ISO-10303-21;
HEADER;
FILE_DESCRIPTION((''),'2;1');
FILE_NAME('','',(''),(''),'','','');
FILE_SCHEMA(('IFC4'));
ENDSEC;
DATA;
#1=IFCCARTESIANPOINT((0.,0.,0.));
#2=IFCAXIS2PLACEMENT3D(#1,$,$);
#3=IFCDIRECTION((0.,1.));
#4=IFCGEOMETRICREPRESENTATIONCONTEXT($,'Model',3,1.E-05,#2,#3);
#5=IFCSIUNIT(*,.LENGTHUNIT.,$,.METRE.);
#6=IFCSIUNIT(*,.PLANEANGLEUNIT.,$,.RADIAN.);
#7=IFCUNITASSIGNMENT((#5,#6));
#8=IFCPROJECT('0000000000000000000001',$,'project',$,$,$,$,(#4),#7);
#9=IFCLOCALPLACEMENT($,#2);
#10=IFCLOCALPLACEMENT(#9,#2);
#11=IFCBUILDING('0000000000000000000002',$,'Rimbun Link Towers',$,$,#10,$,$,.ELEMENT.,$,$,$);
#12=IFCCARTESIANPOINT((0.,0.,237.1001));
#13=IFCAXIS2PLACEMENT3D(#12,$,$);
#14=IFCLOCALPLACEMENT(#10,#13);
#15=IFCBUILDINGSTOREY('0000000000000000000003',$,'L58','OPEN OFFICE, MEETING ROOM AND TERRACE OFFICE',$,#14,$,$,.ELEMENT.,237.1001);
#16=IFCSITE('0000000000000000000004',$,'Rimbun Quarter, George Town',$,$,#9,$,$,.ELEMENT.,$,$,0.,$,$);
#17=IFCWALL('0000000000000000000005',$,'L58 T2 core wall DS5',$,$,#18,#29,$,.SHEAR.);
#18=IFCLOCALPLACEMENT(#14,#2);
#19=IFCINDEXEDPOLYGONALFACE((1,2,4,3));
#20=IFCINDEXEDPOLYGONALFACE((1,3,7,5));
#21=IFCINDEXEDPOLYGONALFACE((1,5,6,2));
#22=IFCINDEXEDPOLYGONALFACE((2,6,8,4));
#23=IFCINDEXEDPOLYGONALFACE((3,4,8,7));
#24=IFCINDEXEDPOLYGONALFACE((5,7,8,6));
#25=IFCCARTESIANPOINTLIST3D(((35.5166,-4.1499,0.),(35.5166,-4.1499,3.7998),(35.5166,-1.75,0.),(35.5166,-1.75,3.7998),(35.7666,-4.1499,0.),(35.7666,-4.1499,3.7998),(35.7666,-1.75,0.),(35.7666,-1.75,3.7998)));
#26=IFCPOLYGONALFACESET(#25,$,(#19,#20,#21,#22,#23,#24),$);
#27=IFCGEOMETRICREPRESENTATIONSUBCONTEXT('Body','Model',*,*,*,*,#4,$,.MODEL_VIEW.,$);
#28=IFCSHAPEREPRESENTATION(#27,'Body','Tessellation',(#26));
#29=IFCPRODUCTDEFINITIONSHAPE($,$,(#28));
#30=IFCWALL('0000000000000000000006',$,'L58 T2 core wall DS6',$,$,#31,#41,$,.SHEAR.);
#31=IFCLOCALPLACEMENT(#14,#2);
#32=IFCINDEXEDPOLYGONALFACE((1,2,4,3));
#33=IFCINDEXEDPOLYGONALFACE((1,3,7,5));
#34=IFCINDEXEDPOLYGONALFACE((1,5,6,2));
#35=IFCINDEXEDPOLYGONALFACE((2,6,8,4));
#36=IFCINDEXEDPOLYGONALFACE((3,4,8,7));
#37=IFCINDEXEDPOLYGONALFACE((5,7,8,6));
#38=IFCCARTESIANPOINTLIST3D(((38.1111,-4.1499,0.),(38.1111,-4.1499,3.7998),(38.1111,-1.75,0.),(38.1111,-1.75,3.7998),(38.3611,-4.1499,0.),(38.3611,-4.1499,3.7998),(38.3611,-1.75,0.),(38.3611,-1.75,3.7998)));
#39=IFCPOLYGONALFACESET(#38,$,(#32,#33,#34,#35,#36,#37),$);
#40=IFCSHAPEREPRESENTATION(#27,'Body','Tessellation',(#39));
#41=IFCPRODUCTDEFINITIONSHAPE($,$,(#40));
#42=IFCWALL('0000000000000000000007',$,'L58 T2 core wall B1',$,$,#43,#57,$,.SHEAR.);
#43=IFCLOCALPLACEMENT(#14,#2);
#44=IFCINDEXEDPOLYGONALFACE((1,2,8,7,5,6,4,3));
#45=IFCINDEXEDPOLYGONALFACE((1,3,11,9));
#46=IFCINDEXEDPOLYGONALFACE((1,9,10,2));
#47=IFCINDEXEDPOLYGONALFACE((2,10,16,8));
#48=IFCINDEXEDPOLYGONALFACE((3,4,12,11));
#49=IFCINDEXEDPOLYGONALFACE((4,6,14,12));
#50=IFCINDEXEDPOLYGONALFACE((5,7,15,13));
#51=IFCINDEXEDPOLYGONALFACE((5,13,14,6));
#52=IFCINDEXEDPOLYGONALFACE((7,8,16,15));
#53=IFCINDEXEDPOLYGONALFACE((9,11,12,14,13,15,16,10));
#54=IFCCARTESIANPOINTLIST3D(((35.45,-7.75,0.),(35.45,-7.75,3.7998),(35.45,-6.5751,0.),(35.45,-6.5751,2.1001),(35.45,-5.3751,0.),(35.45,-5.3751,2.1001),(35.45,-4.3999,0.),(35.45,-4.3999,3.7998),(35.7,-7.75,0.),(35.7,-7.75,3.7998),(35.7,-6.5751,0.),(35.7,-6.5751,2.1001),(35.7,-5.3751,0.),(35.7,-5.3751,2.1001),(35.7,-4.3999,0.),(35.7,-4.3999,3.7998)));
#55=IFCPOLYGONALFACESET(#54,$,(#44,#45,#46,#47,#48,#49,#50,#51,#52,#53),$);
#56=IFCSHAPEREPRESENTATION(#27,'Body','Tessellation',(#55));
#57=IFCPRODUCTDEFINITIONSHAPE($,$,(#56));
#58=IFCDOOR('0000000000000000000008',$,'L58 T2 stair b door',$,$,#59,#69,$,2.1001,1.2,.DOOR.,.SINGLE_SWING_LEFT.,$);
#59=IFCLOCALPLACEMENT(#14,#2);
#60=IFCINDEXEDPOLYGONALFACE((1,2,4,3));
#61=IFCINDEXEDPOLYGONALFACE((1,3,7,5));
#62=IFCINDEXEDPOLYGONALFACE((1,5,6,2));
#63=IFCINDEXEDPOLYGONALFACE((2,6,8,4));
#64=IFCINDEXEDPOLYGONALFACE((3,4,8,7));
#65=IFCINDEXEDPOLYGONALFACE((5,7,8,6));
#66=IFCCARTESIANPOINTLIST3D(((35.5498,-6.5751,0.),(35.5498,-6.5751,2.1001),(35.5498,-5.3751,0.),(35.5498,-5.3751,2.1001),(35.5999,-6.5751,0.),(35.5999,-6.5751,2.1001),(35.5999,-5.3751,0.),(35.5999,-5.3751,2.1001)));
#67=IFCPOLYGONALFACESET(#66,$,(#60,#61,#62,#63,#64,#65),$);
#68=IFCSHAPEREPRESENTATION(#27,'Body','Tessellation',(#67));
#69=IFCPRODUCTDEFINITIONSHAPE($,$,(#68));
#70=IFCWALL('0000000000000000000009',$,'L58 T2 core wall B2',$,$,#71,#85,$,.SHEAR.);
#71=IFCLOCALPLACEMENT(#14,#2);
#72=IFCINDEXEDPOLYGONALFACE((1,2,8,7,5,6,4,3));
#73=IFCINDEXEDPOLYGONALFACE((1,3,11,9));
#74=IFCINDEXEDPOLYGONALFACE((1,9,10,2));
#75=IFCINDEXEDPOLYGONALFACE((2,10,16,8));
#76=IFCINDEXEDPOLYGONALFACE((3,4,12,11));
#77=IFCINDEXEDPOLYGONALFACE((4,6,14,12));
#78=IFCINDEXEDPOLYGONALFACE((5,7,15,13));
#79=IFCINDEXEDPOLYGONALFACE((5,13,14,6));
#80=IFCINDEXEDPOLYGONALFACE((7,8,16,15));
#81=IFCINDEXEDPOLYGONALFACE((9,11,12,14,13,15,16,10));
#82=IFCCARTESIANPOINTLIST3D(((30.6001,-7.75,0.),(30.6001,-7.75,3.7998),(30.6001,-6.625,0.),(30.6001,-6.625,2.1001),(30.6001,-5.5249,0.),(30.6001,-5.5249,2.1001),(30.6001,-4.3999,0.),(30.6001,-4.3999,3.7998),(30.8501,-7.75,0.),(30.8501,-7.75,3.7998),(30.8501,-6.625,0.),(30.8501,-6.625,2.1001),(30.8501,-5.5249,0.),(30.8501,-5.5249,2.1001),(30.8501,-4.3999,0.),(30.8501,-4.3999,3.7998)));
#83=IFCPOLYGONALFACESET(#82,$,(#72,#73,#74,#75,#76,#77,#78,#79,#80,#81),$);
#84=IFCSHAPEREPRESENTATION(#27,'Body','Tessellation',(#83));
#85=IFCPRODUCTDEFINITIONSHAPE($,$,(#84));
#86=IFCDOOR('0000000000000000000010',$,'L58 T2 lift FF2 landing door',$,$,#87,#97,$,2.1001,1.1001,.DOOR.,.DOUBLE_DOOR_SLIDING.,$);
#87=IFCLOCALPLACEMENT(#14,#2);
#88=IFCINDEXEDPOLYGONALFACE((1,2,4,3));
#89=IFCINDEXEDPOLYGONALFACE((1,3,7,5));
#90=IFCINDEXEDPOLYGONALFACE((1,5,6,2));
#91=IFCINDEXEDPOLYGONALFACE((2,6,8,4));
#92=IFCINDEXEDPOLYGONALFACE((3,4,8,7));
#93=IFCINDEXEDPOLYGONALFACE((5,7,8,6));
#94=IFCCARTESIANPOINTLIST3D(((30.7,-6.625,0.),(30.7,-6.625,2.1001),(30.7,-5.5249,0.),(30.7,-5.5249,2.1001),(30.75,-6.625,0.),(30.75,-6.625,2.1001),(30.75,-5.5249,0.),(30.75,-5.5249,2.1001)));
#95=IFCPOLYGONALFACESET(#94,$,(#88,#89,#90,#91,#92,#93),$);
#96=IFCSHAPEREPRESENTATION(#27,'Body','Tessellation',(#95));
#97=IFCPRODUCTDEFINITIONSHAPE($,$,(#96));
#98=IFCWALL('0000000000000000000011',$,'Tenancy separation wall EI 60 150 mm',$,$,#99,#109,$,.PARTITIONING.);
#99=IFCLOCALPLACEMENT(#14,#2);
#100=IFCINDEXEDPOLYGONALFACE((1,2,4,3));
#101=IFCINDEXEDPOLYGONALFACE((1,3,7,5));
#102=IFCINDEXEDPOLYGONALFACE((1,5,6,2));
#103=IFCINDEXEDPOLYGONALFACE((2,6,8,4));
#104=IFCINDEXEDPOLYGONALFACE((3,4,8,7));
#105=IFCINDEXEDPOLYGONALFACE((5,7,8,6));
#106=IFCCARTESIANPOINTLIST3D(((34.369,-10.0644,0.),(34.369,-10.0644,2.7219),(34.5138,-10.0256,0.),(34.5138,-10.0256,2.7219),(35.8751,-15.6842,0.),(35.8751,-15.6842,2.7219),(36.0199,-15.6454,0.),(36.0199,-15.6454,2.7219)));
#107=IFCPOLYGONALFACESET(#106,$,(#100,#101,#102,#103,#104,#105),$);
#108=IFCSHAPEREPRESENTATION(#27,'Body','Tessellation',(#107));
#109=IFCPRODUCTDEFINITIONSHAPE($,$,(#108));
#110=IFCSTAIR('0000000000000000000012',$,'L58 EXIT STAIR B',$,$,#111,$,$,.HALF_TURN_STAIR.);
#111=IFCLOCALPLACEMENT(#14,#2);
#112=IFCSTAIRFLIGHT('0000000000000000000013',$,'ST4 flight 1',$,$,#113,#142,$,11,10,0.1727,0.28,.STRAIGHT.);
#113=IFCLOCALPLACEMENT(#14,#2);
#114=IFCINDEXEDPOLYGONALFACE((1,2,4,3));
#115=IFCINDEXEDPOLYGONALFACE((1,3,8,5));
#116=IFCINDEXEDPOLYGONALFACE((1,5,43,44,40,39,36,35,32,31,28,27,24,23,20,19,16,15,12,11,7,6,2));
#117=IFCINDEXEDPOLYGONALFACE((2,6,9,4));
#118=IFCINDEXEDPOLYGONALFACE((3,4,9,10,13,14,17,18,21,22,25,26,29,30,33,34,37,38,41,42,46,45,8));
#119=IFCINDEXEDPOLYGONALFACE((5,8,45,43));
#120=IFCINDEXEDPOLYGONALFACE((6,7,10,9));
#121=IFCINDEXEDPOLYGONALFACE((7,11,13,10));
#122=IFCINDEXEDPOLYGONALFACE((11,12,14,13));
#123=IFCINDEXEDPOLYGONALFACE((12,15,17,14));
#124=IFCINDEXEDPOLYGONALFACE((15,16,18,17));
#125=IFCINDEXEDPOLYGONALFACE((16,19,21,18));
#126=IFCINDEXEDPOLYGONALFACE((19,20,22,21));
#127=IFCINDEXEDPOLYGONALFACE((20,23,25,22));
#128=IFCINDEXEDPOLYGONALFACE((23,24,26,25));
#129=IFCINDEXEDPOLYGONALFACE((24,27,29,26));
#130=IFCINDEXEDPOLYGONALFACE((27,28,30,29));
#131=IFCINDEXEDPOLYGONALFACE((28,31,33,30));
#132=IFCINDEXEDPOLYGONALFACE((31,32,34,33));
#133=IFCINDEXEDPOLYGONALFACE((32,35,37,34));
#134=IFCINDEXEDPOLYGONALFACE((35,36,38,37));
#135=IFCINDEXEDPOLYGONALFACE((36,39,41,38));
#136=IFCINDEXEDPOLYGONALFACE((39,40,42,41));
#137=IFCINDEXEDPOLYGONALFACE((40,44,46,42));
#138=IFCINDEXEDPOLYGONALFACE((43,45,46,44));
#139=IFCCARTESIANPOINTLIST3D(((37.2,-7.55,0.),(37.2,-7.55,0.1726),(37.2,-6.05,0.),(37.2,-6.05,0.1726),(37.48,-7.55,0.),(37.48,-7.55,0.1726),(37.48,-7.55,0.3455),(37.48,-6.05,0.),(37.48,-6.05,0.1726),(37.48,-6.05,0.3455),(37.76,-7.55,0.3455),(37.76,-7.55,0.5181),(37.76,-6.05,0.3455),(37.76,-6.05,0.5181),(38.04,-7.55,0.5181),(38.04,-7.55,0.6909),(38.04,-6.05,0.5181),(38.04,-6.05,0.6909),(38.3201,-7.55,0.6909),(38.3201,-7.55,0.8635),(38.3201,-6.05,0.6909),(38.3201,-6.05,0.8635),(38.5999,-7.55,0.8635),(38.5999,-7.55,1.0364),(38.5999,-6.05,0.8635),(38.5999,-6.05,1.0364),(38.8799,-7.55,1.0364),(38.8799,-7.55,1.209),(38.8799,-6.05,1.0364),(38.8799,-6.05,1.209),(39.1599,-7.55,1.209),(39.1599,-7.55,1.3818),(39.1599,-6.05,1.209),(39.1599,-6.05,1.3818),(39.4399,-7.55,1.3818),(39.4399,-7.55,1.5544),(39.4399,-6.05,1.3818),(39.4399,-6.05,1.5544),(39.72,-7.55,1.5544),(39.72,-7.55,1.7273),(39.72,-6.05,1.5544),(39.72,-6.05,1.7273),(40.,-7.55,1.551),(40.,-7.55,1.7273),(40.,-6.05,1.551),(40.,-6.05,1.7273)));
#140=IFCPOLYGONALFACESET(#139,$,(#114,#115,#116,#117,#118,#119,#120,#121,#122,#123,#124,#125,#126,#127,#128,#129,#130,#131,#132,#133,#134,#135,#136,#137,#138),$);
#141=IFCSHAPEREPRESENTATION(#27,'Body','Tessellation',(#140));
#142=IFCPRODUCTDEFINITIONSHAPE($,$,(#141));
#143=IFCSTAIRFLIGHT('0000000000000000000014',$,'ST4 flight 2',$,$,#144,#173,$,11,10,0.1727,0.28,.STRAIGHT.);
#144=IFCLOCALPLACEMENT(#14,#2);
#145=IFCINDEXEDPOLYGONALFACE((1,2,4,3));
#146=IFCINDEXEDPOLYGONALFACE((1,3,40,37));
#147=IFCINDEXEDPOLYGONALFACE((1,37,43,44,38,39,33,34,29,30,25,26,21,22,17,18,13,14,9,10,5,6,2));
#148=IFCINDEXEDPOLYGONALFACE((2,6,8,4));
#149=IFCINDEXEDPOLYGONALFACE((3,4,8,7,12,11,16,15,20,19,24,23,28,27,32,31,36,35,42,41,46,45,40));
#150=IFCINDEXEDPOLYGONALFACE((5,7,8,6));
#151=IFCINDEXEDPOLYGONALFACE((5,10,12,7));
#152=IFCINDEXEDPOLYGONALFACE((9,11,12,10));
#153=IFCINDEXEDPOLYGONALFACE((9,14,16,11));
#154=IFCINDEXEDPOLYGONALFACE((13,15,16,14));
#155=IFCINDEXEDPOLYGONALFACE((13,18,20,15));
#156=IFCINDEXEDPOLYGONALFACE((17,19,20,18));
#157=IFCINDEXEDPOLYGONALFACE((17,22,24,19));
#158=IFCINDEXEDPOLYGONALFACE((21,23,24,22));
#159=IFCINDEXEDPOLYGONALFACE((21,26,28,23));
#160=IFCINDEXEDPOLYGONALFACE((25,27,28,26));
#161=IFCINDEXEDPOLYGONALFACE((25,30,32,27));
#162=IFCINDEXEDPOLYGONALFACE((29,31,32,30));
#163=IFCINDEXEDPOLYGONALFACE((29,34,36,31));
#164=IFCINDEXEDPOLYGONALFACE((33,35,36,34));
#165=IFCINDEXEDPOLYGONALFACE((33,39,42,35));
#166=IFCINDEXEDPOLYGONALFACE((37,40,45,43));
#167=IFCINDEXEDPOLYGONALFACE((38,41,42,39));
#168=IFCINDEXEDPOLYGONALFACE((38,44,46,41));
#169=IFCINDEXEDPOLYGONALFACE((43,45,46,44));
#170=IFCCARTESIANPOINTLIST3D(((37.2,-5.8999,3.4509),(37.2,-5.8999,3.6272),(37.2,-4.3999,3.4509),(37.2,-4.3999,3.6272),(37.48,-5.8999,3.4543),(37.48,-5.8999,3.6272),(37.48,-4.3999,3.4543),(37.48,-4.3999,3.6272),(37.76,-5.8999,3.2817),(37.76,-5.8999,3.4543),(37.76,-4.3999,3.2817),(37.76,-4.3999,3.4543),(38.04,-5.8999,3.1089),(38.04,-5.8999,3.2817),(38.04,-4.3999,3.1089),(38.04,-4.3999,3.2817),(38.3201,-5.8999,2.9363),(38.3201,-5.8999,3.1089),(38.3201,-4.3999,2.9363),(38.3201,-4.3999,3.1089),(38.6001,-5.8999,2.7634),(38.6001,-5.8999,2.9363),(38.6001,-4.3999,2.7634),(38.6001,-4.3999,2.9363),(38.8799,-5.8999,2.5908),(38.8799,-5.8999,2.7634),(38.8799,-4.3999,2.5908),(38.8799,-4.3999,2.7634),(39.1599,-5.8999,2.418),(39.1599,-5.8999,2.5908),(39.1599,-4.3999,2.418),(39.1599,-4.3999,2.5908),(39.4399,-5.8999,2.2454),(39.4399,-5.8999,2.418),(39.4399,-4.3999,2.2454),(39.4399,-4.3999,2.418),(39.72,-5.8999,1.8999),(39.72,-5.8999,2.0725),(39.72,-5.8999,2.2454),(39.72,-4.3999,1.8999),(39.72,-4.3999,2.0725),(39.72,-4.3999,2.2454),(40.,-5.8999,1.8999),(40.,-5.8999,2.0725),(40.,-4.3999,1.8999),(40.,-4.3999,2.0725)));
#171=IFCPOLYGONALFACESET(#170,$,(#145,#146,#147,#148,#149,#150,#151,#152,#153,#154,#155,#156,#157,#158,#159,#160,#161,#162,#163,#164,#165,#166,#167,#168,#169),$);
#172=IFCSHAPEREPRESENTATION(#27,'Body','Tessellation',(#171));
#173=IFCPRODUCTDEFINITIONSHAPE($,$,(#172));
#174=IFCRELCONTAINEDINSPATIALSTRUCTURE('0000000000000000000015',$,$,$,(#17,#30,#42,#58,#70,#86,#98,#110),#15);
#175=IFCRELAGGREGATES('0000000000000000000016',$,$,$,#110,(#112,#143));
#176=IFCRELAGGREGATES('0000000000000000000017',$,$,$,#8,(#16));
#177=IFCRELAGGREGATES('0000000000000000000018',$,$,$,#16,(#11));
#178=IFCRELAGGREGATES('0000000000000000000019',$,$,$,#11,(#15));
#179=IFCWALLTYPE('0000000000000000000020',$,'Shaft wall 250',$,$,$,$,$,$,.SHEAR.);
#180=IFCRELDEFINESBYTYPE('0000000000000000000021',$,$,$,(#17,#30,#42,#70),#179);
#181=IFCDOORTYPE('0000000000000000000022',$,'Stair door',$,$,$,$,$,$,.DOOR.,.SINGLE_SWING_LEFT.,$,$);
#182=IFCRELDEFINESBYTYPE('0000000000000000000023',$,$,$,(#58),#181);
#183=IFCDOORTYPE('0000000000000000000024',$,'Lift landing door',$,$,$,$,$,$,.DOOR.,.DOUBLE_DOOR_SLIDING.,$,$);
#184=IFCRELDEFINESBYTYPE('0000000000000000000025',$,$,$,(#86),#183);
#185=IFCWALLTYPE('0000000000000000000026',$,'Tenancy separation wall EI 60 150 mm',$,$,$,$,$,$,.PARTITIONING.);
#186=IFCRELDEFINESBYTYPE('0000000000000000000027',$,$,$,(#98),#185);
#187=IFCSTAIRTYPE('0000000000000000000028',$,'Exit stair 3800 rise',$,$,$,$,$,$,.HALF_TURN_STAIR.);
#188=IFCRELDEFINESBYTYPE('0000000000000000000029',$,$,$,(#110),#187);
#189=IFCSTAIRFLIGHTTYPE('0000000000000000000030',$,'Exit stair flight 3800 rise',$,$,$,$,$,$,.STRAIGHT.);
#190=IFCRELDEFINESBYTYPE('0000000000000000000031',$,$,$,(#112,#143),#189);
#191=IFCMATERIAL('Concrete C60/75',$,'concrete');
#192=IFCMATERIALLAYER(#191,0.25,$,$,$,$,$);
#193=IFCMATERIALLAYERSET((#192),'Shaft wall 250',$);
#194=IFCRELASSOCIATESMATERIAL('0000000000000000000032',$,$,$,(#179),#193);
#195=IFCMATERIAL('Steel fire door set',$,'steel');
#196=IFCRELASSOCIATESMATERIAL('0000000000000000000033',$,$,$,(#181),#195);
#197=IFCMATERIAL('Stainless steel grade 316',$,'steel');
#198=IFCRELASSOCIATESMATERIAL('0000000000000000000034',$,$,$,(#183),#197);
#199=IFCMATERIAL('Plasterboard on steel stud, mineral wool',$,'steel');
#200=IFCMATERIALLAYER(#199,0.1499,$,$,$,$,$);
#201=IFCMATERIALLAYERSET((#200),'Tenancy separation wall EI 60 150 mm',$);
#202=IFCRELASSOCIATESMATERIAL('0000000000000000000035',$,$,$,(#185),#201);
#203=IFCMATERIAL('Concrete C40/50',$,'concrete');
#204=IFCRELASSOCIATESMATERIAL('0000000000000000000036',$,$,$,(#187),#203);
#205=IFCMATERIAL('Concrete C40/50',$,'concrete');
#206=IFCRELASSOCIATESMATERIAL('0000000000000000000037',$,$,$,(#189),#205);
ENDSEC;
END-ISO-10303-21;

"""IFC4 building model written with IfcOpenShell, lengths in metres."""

from ifc_helpers import new_model, si_unit, direction, frame, frame_2d, origin, place, context, subcontext, project, spatial, polyline, rectangle, outline, extrude, material, layer, layer_set, type_object, element, fill, aggregate, save


model = new_model("IFC4")

# Units and contexts
model_context = context("Model", 3, precision=1e-05, world=origin(), true_north=direction((0.0, 1.0)))
body_context = subcontext(model_context, "Body", "Model", "MODEL_VIEW")
ifc_project = project(units=[si_unit("LENGTHUNIT", "METRE"), si_unit("PLANEANGLEUNIT", "RADIAN")], contexts=[model_context])

# Site, building, storey
site_placement = place(None, origin())
site = spatial("IfcSite", under=ifc_project, at=site_placement, Name="Rimbun Quarter, George Town", CompositionType="ELEMENT", RefElevation=0.0)
building_placement = place(site_placement, origin())
building = spatial("IfcBuilding", under=site, at=building_placement, Name="Rimbun Link Towers", CompositionType="ELEMENT")
storey_placement = place(building_placement, frame((0.0, 0.0, 237.1001)))
storey = spatial("IfcBuildingStorey", under=building, at=storey_placement, Name="L58", Description="OPEN OFFICE, MEETING ROOM AND TERRACE OFFICE", CompositionType="ELEMENT", Elevation=237.1001)

# Walls
ifc_material_1 = material(Name="Concrete C60/75", Category="concrete")
ifc_layer_1 = layer(ifc_material_1, 0.25)
ifc_layer_set_1 = layer_set([ifc_layer_1], Name="Shaft wall 250")
wall_type_1 = type_object("IfcWallType", Name="Shaft wall 250", PredefinedType="SHEAR", material=ifc_layer_set_1)
for number, where, z_axis, x_axis, name in (
    (1, (35.6416, -4.1499, 0.0), (0.0, 0.0, 1.0), (0.0, 1.0, 0.0), "L58 T2 core wall DS5"),
    (2, (38.2361, -4.1499, 0.0), (0.0, 0.0, 1.0), (0.0, 1.0, 0.0), "L58 T2 core wall DS6"),
):
    element("IfcWall", number, at=place(storey_placement, frame(where, z_axis=z_axis, x_axis=x_axis)), inside=storey, type_object=wall_type_1, Name=name, PredefinedType="SHEAR", context=body_context, shape_type="SweptSolid", body=[
        extrude(rectangle(XDim=2.3999, YDim=0.25, at=frame_2d((1.2, 0.0))), origin(), (0.0, 0.0, 1.0), 3.7998),
    ])

# Walls, openings, doors
wall_1_placement = place(storey_placement, frame((35.575, -4.3999, 0.0), z_axis=(0.0, 0.0, 1.0), x_axis=(0.0, -1.0, 0.0)))
wall_1 = element("IfcWall", 3, at=wall_1_placement, inside=storey, type_object=wall_type_1, Name="L58 T2 core wall B1", PredefinedType="SHEAR", context=body_context, shape_type="SweptSolid", body=[
    extrude(rectangle(XDim=3.3501, YDim=0.25, at=frame_2d((1.675, 0.0))), origin(), (0.0, 0.0, 1.0), 3.7998),
])
opening_1_placement = place(wall_1_placement, frame((0.9751, 0.0, 0.0)))
opening_1 = element("IfcOpeningElement", 4, at=opening_1_placement, cuts=wall_1, PredefinedType="OPENING", context=body_context, shape_type="SweptSolid", body=[
    extrude(rectangle(XDim=1.2, YDim=2.1001, at=frame_2d((0.6001, 1.05))), frame((0.0, 0.135, 0.0), z_axis=(0.0, -1.0, 0.0), x_axis=(1.0, 0.0, 0.0)), (0.0, 0.0, 1.0), 0.27),
])
ifc_material_2 = material(Name="Steel fire door set", Category="steel")
door_type_1 = type_object("IfcDoorType", Name="Stair door", OperationType="SINGLE_SWING_LEFT", PredefinedType="DOOR", material=ifc_material_2)
door_1_placement = place(opening_1_placement, origin())
door_1 = element("IfcDoor", 5, at=door_1_placement, inside=storey, type_object=door_type_1, Name="L58 T2 stair b door", OperationType="SINGLE_SWING_LEFT", OverallHeight=2.1001, OverallWidth=1.2, PredefinedType="DOOR", context=body_context, shape_type="SweptSolid", body=[
    extrude(rectangle(XDim=1.2, YDim=2.1001, at=frame_2d((0.6001, 1.05))), frame((0.0, 0.0249, 0.0), z_axis=(0.0, -1.0, 0.0), x_axis=(1.0, 0.0, 0.0)), (0.0, 0.0, 1.0), 0.05),
])
fill(opening_1, door_1)
wall_2_placement = place(storey_placement, frame((30.7251, -4.3999, 0.0), z_axis=(0.0, 0.0, 1.0), x_axis=(0.0, -1.0, 0.0)))
wall_2 = element("IfcWall", 6, at=wall_2_placement, inside=storey, type_object=wall_type_1, Name="L58 T2 core wall B2", PredefinedType="SHEAR", context=body_context, shape_type="SweptSolid", body=[
    extrude(rectangle(XDim=3.3501, YDim=0.25, at=frame_2d((1.675, 0.0))), origin(), (0.0, 0.0, 1.0), 3.7998),
])
opening_2_placement = place(wall_2_placement, frame((1.125, 0.0, 0.0)))
opening_2 = element("IfcOpeningElement", 7, at=opening_2_placement, cuts=wall_2, PredefinedType="OPENING", context=body_context, shape_type="SweptSolid", body=[
    extrude(rectangle(XDim=1.1001, YDim=2.1001, at=frame_2d((0.55, 1.05))), frame((0.0, 0.135, 0.0), z_axis=(0.0, -1.0, 0.0), x_axis=(1.0, 0.0, 0.0)), (0.0, 0.0, 1.0), 0.27),
])
ifc_material_3 = material(Name="Stainless steel grade 316", Category="steel")
door_type_2 = type_object("IfcDoorType", Name="Lift landing door", OperationType="DOUBLE_DOOR_SLIDING", PredefinedType="DOOR", material=ifc_material_3)
door_2_placement = place(opening_2_placement, origin())
door_2 = element("IfcDoor", 8, at=door_2_placement, inside=storey, type_object=door_type_2, Name="L58 T2 lift FF2 landing door", OperationType="DOUBLE_DOOR_SLIDING", OverallHeight=2.1001, OverallWidth=1.1001, PredefinedType="DOOR", context=body_context, shape_type="SweptSolid", body=[
    extrude(rectangle(XDim=1.1001, YDim=2.1001, at=frame_2d((0.55, 1.05))), frame((0.0, 0.0249, 0.0), z_axis=(0.0, -1.0, 0.0), x_axis=(1.0, 0.0, 0.0)), (0.0, 0.0, 1.0), 0.05),
])
fill(opening_2, door_2)

# Wall
ifc_material_4 = material(Name="Plasterboard on steel stud, mineral wool", Category="steel")
ifc_layer_2 = layer(ifc_material_4, 0.1499)
ifc_layer_set_2 = layer_set([ifc_layer_2], Name="Tenancy separation wall EI 60 150 mm")
wall_type_2 = type_object("IfcWallType", Name="Tenancy separation wall EI 60 150 mm", PredefinedType="PARTITIONING", material=ifc_layer_set_2)
wall_3_placement = place(storey_placement, frame((34.4414, -10.0449, 0.0), z_axis=(0.0, 0.0, 1.0), x_axis=(0.258861, -0.965915, 0.0)))
element("IfcWall", 9, at=wall_3_placement, inside=storey, type_object=wall_type_2, Name="Tenancy separation wall EI 60 150 mm", PredefinedType="PARTITIONING", context=body_context, shape_type="SweptSolid", body=[
    extrude(rectangle(XDim=5.8181, YDim=0.1499, at=frame_2d((2.9092, 0.0))), origin(), (0.0, 0.0, 1.0), 2.7219),
])

# Stair, stair flights
ifc_material_5 = material(Name="Concrete C40/50", Category="concrete")
stair_type = type_object("IfcStairType", Name="Exit stair 3800 rise", PredefinedType="HALF_TURN_STAIR", material=ifc_material_5)
stair_placement = place(storey_placement, origin())
stair = element("IfcStair", 10, at=stair_placement, inside=storey, type_object=stair_type, Name="L58 EXIT STAIR B", PredefinedType="HALF_TURN_STAIR")
ifc_material_6 = material(Name="Concrete C40/50", Category="concrete")
stair_flight_type = type_object("IfcStairFlightType", Name="Exit stair flight 3800 rise", PredefinedType="STRAIGHT", material=ifc_material_6)
stair_flight_1_placement = place(storey_placement, frame((37.2, -6.8, 0.0), z_axis=(0.0, 0.0, 1.0), x_axis=(1.0, 0.0, 0.0)))
stair_flight_1 = element("IfcStairFlight", 11, at=stair_flight_1_placement, type_object=stair_flight_type, Name="ST4 flight 1", NumberOfRisers=11, NumberOfTreads=10, PredefinedType="STRAIGHT", RiserHeight=0.1727, TreadLength=0.28, context=body_context, shape_type="SweptSolid", body=[
    extrude(outline(polyline([(0.0, 0.0), (0.0, 0.1726), (0.28, 0.1726), (0.28, 0.3455), (0.5601, 0.3455), (0.5601, 0.5181), (0.8401, 0.5181), (0.8401, 0.6909), (1.1201, 0.6909), (1.1201, 0.8635), (1.3999, 0.8635), (1.3999, 1.0364), (1.6799, 1.0364), (1.6799, 1.209), (1.96, 1.209), (1.96, 1.3818), (2.24, 1.3818), (2.24, 1.5544), (2.52, 1.5544), (2.52, 1.7273), (2.8, 1.7273), (2.8, 1.8999), (2.8, 1.551), (0.28, 0.0), (0.0, 0.0)])), frame((0.0, 0.75, 0.0), z_axis=(0.0, -1.0, 0.0), x_axis=(1.0, 0.0, 0.0)), (0.0, 0.0, 1.0), 1.5),
])
stair_flight_2_placement = place(storey_placement, frame((40.0, -5.1499, 1.8999), z_axis=(0.0, 0.0, 1.0), x_axis=(-1.0, 0.0, 0.0)))
stair_flight_2 = element("IfcStairFlight", 12, at=stair_flight_2_placement, type_object=stair_flight_type, Name="ST4 flight 2", NumberOfRisers=11, NumberOfTreads=10, PredefinedType="STRAIGHT", RiserHeight=0.1727, TreadLength=0.28, context=body_context, shape_type="SweptSolid", body=[
    extrude(outline(polyline([(0.0, 0.0), (0.0, 0.1726), (0.28, 0.1726), (0.28, 0.3455), (0.5601, 0.3455), (0.5601, 0.5181), (0.8401, 0.5181), (0.8401, 0.6909), (1.1201, 0.6909), (1.1201, 0.8635), (1.3999, 0.8635), (1.3999, 1.0364), (1.6799, 1.0364), (1.6799, 1.209), (1.96, 1.209), (1.96, 1.3818), (2.24, 1.3818), (2.24, 1.5544), (2.52, 1.5544), (2.52, 1.7273), (2.8, 1.7273), (2.8, 1.8999), (2.8, 1.551), (0.28, 0.0), (0.0, 0.0)])), frame((0.0, 0.75, 0.0), z_axis=(0.0, -1.0, 0.0), x_axis=(1.0, 0.0, 0.0)), (0.0, 0.0, 1.0), 1.5),
])
aggregate(stair, [stair_flight_1, stair_flight_2])

save(model, "model.ifc")
